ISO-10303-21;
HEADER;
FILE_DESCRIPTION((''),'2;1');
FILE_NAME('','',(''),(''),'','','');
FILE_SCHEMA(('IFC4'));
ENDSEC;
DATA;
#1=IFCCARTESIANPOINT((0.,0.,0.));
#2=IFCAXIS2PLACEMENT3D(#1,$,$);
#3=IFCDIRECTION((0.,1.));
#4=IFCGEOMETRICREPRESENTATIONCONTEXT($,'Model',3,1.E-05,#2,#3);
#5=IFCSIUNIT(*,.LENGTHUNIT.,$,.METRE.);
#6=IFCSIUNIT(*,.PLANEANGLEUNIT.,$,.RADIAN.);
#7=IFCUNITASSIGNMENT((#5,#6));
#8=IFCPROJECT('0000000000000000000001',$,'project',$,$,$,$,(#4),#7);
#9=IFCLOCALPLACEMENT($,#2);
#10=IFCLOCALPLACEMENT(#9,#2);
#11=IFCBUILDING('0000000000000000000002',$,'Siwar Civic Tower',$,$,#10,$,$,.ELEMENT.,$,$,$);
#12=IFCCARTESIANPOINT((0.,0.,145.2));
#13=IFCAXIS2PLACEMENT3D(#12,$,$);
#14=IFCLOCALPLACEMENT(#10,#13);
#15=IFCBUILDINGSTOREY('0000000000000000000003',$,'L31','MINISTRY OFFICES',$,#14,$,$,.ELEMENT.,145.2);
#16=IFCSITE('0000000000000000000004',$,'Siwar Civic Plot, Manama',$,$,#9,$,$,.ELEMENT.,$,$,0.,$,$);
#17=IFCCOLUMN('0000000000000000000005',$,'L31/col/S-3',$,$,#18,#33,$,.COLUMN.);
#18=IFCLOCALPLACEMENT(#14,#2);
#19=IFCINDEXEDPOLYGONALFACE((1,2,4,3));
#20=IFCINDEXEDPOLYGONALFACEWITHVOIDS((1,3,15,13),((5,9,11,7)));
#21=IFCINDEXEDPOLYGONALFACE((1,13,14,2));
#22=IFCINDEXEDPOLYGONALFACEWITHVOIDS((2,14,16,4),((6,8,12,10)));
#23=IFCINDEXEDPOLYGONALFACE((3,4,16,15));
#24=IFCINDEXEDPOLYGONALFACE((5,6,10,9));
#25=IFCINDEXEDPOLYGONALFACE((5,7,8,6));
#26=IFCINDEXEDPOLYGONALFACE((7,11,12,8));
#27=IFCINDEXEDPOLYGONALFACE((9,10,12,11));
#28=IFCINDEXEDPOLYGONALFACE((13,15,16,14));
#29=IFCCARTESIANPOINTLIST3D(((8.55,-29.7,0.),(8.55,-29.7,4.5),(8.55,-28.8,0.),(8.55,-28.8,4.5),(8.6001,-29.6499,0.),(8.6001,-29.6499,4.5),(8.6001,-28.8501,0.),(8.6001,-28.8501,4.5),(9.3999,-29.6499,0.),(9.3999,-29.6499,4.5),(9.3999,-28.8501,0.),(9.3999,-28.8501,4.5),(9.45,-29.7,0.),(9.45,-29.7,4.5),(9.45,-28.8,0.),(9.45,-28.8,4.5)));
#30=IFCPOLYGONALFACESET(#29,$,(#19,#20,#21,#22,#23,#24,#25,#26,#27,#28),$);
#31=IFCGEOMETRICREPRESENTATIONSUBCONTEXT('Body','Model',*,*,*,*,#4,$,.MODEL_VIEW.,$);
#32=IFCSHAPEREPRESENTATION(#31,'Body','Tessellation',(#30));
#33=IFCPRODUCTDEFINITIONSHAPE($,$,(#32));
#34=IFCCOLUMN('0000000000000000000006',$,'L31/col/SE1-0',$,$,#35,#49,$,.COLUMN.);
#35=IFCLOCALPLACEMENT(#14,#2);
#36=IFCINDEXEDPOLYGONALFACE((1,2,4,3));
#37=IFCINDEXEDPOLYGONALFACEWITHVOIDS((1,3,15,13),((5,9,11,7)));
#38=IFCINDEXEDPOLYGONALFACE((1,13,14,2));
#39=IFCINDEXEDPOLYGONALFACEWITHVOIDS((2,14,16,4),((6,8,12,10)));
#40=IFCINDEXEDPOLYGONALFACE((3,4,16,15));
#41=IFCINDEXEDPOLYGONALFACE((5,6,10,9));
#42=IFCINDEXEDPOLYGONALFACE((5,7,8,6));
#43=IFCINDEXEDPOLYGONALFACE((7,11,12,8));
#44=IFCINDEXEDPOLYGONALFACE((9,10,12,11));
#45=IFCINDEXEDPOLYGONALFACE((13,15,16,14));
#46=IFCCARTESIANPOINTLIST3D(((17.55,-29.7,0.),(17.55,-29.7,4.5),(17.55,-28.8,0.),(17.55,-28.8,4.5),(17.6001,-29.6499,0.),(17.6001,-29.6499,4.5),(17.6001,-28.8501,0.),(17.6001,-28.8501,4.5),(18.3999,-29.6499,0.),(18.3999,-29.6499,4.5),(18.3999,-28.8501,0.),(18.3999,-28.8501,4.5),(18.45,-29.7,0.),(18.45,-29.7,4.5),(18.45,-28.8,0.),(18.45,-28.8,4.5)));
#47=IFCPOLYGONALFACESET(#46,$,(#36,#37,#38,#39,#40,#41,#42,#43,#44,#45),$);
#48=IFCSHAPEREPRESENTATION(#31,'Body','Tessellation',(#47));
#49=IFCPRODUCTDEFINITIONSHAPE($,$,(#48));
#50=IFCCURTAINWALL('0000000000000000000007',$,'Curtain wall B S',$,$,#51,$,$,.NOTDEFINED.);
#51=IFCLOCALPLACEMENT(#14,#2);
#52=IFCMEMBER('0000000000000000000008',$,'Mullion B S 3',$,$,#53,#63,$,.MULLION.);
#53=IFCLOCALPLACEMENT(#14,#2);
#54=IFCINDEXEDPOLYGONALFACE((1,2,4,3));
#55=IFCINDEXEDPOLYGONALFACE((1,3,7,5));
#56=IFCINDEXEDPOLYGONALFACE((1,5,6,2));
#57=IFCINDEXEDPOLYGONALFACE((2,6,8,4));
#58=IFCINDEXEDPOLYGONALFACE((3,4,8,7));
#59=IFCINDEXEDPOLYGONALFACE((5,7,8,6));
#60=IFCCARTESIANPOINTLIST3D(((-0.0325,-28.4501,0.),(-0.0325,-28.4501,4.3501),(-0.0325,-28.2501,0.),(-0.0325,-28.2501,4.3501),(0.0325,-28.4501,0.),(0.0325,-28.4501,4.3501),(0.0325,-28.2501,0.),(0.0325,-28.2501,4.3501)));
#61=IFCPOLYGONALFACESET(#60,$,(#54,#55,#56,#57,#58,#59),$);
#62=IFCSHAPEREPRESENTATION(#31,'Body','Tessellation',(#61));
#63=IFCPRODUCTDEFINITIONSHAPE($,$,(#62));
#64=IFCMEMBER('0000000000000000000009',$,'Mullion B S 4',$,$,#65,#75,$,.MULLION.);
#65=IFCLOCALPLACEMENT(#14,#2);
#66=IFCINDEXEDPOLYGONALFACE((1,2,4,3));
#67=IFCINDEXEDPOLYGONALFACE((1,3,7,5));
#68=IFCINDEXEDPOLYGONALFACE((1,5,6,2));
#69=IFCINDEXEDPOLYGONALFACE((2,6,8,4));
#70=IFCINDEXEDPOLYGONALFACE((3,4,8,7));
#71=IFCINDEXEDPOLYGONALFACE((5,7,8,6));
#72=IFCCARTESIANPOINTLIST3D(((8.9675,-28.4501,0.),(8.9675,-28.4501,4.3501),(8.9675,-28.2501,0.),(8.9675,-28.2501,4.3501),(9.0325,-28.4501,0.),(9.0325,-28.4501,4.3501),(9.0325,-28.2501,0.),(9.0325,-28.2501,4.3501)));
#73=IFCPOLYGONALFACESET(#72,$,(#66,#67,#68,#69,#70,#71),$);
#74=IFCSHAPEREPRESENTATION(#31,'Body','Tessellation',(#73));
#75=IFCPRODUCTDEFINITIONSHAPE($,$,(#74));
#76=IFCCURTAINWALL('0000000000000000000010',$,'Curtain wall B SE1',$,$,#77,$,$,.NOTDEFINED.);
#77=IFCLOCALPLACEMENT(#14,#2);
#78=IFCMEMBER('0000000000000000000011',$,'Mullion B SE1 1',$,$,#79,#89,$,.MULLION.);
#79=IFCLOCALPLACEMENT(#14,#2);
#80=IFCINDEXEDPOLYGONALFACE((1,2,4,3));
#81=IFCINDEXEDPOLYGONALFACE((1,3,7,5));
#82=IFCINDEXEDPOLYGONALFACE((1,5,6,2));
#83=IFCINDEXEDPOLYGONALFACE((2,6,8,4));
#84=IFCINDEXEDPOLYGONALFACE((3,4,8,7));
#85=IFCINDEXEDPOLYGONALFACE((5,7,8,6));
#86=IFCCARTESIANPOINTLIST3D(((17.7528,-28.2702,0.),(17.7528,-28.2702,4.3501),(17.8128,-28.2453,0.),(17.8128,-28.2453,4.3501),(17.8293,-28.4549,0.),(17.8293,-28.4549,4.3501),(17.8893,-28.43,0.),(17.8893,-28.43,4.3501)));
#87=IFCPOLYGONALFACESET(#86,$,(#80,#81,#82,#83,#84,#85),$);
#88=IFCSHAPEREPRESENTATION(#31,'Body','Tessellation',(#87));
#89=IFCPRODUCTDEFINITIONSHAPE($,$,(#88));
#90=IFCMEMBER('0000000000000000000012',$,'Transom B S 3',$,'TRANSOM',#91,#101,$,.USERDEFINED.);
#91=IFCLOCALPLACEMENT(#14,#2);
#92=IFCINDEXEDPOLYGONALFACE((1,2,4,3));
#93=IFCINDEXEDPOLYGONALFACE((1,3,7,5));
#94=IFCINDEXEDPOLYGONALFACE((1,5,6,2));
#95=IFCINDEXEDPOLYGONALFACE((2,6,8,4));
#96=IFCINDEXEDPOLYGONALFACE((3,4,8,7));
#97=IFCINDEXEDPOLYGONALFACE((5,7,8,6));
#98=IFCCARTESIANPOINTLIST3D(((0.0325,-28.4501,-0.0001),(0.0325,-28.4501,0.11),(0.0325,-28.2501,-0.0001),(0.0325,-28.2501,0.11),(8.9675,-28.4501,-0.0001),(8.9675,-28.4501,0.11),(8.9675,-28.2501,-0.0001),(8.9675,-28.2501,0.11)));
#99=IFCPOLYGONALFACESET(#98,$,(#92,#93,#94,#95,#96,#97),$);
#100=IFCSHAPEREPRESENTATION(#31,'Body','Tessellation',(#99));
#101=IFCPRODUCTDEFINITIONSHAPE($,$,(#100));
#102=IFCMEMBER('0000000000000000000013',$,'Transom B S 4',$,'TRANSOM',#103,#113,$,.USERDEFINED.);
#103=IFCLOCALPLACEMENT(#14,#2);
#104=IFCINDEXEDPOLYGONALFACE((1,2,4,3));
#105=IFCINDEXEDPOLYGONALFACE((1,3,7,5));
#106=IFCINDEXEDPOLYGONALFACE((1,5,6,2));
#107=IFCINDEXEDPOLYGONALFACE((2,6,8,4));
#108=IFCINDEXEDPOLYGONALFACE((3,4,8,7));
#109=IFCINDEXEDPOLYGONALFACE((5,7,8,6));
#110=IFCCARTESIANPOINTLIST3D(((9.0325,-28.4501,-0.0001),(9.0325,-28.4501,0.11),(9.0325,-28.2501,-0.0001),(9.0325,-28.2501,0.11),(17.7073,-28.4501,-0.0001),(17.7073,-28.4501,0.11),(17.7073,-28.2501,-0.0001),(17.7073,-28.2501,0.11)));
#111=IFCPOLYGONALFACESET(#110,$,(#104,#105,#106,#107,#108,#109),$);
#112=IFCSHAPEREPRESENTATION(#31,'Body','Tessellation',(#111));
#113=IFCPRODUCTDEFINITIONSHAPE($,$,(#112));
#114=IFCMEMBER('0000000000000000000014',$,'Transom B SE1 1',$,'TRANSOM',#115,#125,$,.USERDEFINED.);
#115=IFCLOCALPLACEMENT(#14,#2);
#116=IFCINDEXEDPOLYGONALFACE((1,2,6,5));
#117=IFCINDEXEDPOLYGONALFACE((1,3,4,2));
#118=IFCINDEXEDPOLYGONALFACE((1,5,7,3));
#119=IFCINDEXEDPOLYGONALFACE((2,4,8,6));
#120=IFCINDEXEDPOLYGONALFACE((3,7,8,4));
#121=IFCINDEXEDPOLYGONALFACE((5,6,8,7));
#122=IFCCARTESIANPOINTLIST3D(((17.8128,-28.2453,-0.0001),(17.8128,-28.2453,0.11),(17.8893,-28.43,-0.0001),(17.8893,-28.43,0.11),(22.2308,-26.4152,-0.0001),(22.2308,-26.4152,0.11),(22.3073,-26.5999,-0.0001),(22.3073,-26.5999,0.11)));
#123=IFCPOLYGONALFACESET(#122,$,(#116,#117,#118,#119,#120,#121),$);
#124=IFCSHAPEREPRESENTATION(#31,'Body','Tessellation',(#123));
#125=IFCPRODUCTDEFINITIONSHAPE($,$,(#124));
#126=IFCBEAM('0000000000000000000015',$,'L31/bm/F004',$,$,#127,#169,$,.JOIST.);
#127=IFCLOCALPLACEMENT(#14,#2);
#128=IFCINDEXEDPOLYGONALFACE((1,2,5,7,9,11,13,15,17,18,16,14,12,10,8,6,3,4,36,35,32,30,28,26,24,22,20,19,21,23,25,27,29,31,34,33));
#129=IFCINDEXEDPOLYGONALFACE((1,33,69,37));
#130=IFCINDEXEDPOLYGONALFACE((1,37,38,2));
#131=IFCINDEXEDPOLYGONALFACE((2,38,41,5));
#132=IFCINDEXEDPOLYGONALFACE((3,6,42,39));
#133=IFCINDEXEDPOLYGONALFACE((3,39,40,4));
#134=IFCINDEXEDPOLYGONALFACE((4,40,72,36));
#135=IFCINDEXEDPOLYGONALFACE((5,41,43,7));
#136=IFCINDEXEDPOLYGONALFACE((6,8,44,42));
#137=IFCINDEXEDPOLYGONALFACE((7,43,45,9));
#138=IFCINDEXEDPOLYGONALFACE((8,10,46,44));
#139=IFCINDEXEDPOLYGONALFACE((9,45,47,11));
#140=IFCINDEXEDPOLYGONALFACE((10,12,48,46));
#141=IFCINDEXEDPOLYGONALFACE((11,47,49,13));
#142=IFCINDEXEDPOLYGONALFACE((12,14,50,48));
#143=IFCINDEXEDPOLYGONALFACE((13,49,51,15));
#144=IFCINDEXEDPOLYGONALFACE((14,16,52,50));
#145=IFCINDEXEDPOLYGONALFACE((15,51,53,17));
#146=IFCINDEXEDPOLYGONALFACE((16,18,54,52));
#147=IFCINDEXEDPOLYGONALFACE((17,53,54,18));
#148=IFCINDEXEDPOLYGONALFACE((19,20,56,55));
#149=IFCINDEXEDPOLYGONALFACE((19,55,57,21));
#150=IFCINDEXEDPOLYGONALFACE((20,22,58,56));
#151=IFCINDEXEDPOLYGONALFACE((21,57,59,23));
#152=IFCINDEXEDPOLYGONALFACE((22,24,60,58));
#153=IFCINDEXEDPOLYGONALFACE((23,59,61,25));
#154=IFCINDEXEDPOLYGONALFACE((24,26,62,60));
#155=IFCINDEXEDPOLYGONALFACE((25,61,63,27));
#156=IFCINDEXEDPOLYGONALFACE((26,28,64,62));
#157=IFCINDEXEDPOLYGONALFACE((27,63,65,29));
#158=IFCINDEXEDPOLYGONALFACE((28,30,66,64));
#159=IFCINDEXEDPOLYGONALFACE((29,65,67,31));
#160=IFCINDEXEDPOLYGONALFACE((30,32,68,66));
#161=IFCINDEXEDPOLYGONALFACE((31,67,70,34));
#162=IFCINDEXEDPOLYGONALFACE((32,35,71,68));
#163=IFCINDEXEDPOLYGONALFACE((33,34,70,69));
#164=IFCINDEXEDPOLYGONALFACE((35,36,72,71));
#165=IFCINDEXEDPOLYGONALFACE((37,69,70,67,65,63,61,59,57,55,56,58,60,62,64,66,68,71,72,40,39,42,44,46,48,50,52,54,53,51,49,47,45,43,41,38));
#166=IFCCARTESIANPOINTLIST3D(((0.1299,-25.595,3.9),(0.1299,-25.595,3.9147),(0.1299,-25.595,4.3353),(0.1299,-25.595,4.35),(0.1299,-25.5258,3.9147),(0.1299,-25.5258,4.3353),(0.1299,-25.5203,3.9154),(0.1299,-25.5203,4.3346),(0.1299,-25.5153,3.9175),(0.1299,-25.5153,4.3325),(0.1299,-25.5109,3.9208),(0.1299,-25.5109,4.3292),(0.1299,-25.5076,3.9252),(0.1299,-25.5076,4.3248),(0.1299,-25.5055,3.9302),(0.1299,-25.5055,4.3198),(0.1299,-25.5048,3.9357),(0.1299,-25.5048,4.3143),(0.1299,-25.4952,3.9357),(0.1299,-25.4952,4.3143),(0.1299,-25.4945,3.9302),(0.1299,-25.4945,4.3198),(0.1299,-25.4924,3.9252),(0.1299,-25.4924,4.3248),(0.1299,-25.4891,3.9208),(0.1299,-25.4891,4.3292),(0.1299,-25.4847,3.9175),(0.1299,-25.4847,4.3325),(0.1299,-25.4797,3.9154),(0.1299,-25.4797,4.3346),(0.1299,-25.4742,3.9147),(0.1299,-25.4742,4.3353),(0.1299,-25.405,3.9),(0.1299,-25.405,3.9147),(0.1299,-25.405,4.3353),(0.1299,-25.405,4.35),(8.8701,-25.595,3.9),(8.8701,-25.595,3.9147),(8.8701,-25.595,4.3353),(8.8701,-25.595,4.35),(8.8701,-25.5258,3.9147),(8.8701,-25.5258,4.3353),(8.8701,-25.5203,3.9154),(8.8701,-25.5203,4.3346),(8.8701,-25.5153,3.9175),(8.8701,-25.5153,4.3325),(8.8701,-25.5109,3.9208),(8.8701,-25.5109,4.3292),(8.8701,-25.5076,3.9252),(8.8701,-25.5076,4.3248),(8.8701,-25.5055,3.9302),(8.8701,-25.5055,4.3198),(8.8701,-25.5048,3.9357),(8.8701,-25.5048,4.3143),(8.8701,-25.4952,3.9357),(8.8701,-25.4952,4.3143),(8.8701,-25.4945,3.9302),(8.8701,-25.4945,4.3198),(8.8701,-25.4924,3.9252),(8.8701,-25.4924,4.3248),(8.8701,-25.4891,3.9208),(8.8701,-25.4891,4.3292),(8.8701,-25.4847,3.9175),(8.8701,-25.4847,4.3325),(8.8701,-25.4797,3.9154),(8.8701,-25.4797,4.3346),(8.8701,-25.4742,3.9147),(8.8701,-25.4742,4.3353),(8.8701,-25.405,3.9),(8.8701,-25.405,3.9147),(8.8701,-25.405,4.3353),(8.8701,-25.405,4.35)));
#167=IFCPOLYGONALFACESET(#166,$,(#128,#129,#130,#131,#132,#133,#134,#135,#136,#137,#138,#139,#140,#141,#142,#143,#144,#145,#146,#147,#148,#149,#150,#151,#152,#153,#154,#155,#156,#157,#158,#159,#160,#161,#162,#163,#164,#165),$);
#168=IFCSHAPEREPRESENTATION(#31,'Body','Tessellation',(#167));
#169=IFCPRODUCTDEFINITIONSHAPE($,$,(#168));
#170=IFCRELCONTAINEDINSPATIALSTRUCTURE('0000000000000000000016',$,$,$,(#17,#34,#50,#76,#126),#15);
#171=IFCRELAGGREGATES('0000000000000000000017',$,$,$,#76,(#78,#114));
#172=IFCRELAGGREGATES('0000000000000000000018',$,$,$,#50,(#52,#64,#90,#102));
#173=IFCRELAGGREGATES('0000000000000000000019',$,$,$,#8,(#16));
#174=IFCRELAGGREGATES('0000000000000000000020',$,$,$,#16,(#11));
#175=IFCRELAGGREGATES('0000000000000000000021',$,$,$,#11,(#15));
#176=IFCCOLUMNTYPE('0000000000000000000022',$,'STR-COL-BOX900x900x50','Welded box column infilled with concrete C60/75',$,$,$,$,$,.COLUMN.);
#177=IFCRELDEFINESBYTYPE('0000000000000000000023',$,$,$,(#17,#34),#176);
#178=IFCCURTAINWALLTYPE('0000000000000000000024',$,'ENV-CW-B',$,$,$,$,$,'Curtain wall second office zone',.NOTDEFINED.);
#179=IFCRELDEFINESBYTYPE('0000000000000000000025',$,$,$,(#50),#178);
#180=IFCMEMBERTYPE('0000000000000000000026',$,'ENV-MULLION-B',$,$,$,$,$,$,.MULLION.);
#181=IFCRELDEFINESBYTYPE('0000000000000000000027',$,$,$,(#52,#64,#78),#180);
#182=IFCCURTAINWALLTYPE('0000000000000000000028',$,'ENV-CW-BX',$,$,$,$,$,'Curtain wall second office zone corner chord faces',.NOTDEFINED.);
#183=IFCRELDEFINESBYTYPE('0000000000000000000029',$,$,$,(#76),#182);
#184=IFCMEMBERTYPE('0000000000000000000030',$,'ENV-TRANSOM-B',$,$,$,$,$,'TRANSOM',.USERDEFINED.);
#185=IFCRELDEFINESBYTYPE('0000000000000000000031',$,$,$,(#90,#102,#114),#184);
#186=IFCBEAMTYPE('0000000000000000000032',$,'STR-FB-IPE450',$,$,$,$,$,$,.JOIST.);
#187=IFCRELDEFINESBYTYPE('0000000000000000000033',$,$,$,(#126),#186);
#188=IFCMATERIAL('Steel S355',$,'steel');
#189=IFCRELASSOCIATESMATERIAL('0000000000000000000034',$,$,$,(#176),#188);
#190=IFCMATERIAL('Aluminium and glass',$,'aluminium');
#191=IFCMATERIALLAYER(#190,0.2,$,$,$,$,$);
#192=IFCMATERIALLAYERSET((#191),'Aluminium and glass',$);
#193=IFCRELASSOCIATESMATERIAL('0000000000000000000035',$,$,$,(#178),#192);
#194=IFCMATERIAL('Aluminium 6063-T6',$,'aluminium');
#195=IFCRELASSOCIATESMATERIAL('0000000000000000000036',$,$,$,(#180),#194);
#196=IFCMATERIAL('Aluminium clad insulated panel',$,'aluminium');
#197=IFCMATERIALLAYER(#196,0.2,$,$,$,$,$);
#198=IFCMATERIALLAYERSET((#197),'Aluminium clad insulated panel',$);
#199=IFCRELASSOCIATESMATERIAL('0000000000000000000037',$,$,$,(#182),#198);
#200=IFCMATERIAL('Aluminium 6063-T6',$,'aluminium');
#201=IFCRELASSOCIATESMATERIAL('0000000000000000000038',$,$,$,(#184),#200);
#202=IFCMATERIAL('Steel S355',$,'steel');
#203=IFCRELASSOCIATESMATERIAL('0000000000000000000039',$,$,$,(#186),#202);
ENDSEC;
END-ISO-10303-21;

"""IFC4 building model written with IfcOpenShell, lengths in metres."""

from ifc_helpers import new_model, si_unit, direction, frame, origin, origin_2d, place, context, subcontext, project, spatial, rectangle, hollow_rectangle, i_section, extrude, material, layer, layer_set, material_profile, profile_set, type_object, element, aggregate, save


model = new_model("IFC4")

# Units and contexts
model_context = context("Model", 3, precision=1e-05, world=origin(), true_north=direction((0.0, 1.0)))
body_context = subcontext(model_context, "Body", "Model", "MODEL_VIEW")
ifc_project = project(units=[si_unit("LENGTHUNIT", "METRE"), si_unit("PLANEANGLEUNIT", "RADIAN")], contexts=[model_context])

# Site, building, storey
site_placement = place(None, origin())
site = spatial("IfcSite", under=ifc_project, at=site_placement, Name="Siwar Civic Plot, Manama", CompositionType="ELEMENT", RefElevation=0.0)
building_placement = place(site_placement, origin())
building = spatial("IfcBuilding", under=site, at=building_placement, Name="Siwar Civic Tower", CompositionType="ELEMENT")
storey_placement = place(building_placement, frame((0.0, 0.0, 145.2)))
storey = spatial("IfcBuildingStorey", under=building, at=storey_placement, Name="L31", Description="MINISTRY OFFICES", CompositionType="ELEMENT", Elevation=145.2)

# Columns
ifc_material_1 = material(Name="Steel S355", Category="steel")
ifc_material_profile_1 = material_profile(ifc_material_1, hollow_rectangle(XDim=0.8999, YDim=0.8999, WallThickness=0.05, at=origin_2d()), Name="BOX900x900x50")
ifc_profile_set_1 = profile_set([ifc_material_profile_1], Name="Steel S355")
column_type = type_object("IfcColumnType", Name="STR-COL-BOX900x900x50", Description="Welded box column infilled with concrete C60/75", PredefinedType="COLUMN", material=ifc_profile_set_1)
for number, where, z_axis, x_axis, name in (
    (1, (9.0, -29.25, 0.0), (0.0, 0.0, 1.0), (1.0, 0.0, 0.0), "L31/col/S-3"),
    (2, (18.0, -29.25, 0.0), (0.0, 0.0, 1.0), (1.0, 0.0, 0.0), "L31/col/SE1-0"),
):
    element("IfcColumn", number, at=place(storey_placement, frame(where, z_axis=z_axis, x_axis=x_axis)), inside=storey, type_object=column_type, Name=name, PredefinedType="COLUMN", context=body_context, shape_type="SweptSolid", body=[
        extrude(hollow_rectangle(XDim=0.8999, YDim=0.8999, WallThickness=0.05, at=origin_2d()), origin(), (0.0, 0.0, 1.0), 4.5),
    ])

# Curtain wall, members
ifc_material_2 = material(Name="Aluminium and glass", Category="aluminium")
ifc_layer_1 = layer(ifc_material_2, 0.2)
ifc_layer_set_1 = layer_set([ifc_layer_1], Name="Aluminium and glass")
curtain_wall_type_1 = type_object("IfcCurtainWallType", Name="ENV-CW-B", ElementType="Curtain wall second office zone", PredefinedType="NOTDEFINED", material=ifc_layer_set_1)
curtain_wall_1_placement = place(storey_placement, origin())
curtain_wall_1 = element("IfcCurtainWall", 3, at=curtain_wall_1_placement, inside=storey, type_object=curtain_wall_type_1, Name="Curtain wall B S", PredefinedType="NOTDEFINED")
ifc_material_3 = material(Name="Aluminium 6063-T6", Category="aluminium")
ifc_material_profile_2 = material_profile(ifc_material_3, rectangle(XDim=0.2, YDim=0.0649, at=origin_2d()), Name="AL 200x65")
ifc_profile_set_2 = profile_set([ifc_material_profile_2], Name="Aluminium 6063-T6")
member_type_1 = type_object("IfcMemberType", Name="ENV-MULLION-B", PredefinedType="MULLION", material=ifc_profile_set_2)
member_1_placement = place(storey_placement, frame((0.0, -28.3501, 0.0), z_axis=(0.0, 0.0, 1.0), x_axis=(0.0, 1.0, 0.0)))
member_1 = element("IfcMember", 4, at=member_1_placement, type_object=member_type_1, Name="Mullion B S 3", PredefinedType="MULLION", context=body_context, shape_type="SweptSolid", body=[
    extrude(rectangle(XDim=0.2, YDim=0.0649, at=origin_2d()), origin(), (0.0, 0.0, 1.0), 4.3501),
])
member_2_placement = place(storey_placement, frame((9.0, -28.3501, 0.0), z_axis=(0.0, 0.0, 1.0), x_axis=(0.0, 1.0, 0.0)))
member_2 = element("IfcMember", 5, at=member_2_placement, type_object=member_type_1, Name="Mullion B S 4", PredefinedType="MULLION", context=body_context, shape_type="SweptSolid", body=[
    extrude(rectangle(XDim=0.2, YDim=0.0649, at=origin_2d()), origin(), (0.0, 0.0, 1.0), 4.3501),
])

# Curtain wall, member
ifc_material_4 = material(Name="Aluminium clad insulated panel", Category="aluminium")
ifc_layer_2 = layer(ifc_material_4, 0.2)
ifc_layer_set_2 = layer_set([ifc_layer_2], Name="Aluminium clad insulated panel")
curtain_wall_type_2 = type_object("IfcCurtainWallType", Name="ENV-CW-BX", ElementType="Curtain wall second office zone corner chord faces", PredefinedType="NOTDEFINED", material=ifc_layer_set_2)
curtain_wall_2_placement = place(storey_placement, origin())
curtain_wall_2 = element("IfcCurtainWall", 6, at=curtain_wall_2_placement, inside=storey, type_object=curtain_wall_type_2, Name="Curtain wall B SE1", PredefinedType="NOTDEFINED")
member_3_placement = place(storey_placement, frame((17.821, -28.3501, 0.0), z_axis=(0.0, 0.0, 1.0), x_axis=(-0.382683, 0.92388, 0.0)))
member_3 = element("IfcMember", 7, at=member_3_placement, type_object=member_type_1, Name="Mullion B SE1 1", PredefinedType="MULLION", context=body_context, shape_type="SweptSolid", body=[
    extrude(rectangle(XDim=0.2, YDim=0.0649, at=origin_2d()), origin(), (0.0, 0.0, 1.0), 4.3501),
])

# Members
ifc_material_5 = material(Name="Aluminium 6063-T6", Category="aluminium")
ifc_material_profile_3 = material_profile(ifc_material_5, rectangle(XDim=0.2, YDim=0.1101, at=origin_2d()), Name="AL 200x110")
ifc_profile_set_3 = profile_set([ifc_material_profile_3], Name="Aluminium 6063-T6")
member_type_2 = type_object("IfcMemberType", Name="ENV-TRANSOM-B", ElementType="TRANSOM", PredefinedType="USERDEFINED", material=ifc_profile_set_3)
member_4_placement = place(storey_placement, frame((0.0325, -28.3501, 0.0549), z_axis=(1.0, 0.0, 0.0), x_axis=(0.0, 1.0, 0.0)))
member_4 = element("IfcMember", 8, at=member_4_placement, type_object=member_type_2, Name="Transom B S 3", ObjectType="TRANSOM", PredefinedType="USERDEFINED", context=body_context, shape_type="SweptSolid", body=[
    extrude(rectangle(XDim=0.2, YDim=0.1101, at=origin_2d()), origin(), (0.0, 0.0, 1.0), 8.9351),
])
member_5_placement = place(storey_placement, frame((9.0325, -28.3501, 0.0549), z_axis=(1.0, 0.0, 0.0), x_axis=(0.0, 1.0, 0.0)))
member_5 = element("IfcMember", 9, at=member_5_placement, type_object=member_type_2, Name="Transom B S 4", ObjectType="TRANSOM", PredefinedType="USERDEFINED", context=body_context, shape_type="SweptSolid", body=[
    extrude(rectangle(XDim=0.2, YDim=0.1101, at=origin_2d()), origin(), (0.0, 0.0, 1.0), 8.6748),
])
member_6_placement = place(storey_placement, frame((17.8511, -28.3376, 0.0549), z_axis=(0.923872, 0.3827, 0.0), x_axis=(-0.3827, 0.923872, 0.0)))
member_6 = element("IfcMember", 10, at=member_6_placement, type_object=member_type_2, Name="Transom B SE1 1", ObjectType="TRANSOM", PredefinedType="USERDEFINED", context=body_context, shape_type="SweptSolid", body=[
    extrude(rectangle(XDim=0.2, YDim=0.1101, at=origin_2d()), origin(), (0.0, 0.0, 1.0), 4.782),
])
aggregate(curtain_wall_2, [member_3, member_6])

# Beam
ifc_material_6 = material(Name="Steel S355", Category="steel")
ifc_material_profile_4 = material_profile(ifc_material_6, i_section(OverallWidth=0.1899, OverallDepth=0.45, WebThickness=0.0095, FlangeThickness=0.0146, FilletRadius=0.021, at=origin_2d()), Name="IPE450")
ifc_profile_set_4 = profile_set([ifc_material_profile_4], Name="Steel S355")
beam_type_1 = type_object("IfcBeamType", Name="STR-FB-IPE450", PredefinedType="JOIST", material=ifc_profile_set_4)
for number, where, z_axis, x_axis, name in (
    (11, (0.1299, -25.5, 4.125), (1.0, 0.0, 0.0), (0.0, 1.0, 0.0), "L31/bm/F004"),
):
    element("IfcBeam", number, at=place(storey_placement, frame(where, z_axis=z_axis, x_axis=x_axis)), inside=storey, type_object=beam_type_1, Name=name, PredefinedType="JOIST", context=body_context, shape_type="SweptSolid", body=[
        extrude(i_section(OverallWidth=0.1899, OverallDepth=0.45, WebThickness=0.0095, FlangeThickness=0.0146, FilletRadius=0.021, at=origin_2d()), origin(), (0.0, 0.0, 1.0), 8.7402),
    ])

aggregate(curtain_wall_1, [member_1, member_2, member_4, member_5])

save(model, "model.ifc")
